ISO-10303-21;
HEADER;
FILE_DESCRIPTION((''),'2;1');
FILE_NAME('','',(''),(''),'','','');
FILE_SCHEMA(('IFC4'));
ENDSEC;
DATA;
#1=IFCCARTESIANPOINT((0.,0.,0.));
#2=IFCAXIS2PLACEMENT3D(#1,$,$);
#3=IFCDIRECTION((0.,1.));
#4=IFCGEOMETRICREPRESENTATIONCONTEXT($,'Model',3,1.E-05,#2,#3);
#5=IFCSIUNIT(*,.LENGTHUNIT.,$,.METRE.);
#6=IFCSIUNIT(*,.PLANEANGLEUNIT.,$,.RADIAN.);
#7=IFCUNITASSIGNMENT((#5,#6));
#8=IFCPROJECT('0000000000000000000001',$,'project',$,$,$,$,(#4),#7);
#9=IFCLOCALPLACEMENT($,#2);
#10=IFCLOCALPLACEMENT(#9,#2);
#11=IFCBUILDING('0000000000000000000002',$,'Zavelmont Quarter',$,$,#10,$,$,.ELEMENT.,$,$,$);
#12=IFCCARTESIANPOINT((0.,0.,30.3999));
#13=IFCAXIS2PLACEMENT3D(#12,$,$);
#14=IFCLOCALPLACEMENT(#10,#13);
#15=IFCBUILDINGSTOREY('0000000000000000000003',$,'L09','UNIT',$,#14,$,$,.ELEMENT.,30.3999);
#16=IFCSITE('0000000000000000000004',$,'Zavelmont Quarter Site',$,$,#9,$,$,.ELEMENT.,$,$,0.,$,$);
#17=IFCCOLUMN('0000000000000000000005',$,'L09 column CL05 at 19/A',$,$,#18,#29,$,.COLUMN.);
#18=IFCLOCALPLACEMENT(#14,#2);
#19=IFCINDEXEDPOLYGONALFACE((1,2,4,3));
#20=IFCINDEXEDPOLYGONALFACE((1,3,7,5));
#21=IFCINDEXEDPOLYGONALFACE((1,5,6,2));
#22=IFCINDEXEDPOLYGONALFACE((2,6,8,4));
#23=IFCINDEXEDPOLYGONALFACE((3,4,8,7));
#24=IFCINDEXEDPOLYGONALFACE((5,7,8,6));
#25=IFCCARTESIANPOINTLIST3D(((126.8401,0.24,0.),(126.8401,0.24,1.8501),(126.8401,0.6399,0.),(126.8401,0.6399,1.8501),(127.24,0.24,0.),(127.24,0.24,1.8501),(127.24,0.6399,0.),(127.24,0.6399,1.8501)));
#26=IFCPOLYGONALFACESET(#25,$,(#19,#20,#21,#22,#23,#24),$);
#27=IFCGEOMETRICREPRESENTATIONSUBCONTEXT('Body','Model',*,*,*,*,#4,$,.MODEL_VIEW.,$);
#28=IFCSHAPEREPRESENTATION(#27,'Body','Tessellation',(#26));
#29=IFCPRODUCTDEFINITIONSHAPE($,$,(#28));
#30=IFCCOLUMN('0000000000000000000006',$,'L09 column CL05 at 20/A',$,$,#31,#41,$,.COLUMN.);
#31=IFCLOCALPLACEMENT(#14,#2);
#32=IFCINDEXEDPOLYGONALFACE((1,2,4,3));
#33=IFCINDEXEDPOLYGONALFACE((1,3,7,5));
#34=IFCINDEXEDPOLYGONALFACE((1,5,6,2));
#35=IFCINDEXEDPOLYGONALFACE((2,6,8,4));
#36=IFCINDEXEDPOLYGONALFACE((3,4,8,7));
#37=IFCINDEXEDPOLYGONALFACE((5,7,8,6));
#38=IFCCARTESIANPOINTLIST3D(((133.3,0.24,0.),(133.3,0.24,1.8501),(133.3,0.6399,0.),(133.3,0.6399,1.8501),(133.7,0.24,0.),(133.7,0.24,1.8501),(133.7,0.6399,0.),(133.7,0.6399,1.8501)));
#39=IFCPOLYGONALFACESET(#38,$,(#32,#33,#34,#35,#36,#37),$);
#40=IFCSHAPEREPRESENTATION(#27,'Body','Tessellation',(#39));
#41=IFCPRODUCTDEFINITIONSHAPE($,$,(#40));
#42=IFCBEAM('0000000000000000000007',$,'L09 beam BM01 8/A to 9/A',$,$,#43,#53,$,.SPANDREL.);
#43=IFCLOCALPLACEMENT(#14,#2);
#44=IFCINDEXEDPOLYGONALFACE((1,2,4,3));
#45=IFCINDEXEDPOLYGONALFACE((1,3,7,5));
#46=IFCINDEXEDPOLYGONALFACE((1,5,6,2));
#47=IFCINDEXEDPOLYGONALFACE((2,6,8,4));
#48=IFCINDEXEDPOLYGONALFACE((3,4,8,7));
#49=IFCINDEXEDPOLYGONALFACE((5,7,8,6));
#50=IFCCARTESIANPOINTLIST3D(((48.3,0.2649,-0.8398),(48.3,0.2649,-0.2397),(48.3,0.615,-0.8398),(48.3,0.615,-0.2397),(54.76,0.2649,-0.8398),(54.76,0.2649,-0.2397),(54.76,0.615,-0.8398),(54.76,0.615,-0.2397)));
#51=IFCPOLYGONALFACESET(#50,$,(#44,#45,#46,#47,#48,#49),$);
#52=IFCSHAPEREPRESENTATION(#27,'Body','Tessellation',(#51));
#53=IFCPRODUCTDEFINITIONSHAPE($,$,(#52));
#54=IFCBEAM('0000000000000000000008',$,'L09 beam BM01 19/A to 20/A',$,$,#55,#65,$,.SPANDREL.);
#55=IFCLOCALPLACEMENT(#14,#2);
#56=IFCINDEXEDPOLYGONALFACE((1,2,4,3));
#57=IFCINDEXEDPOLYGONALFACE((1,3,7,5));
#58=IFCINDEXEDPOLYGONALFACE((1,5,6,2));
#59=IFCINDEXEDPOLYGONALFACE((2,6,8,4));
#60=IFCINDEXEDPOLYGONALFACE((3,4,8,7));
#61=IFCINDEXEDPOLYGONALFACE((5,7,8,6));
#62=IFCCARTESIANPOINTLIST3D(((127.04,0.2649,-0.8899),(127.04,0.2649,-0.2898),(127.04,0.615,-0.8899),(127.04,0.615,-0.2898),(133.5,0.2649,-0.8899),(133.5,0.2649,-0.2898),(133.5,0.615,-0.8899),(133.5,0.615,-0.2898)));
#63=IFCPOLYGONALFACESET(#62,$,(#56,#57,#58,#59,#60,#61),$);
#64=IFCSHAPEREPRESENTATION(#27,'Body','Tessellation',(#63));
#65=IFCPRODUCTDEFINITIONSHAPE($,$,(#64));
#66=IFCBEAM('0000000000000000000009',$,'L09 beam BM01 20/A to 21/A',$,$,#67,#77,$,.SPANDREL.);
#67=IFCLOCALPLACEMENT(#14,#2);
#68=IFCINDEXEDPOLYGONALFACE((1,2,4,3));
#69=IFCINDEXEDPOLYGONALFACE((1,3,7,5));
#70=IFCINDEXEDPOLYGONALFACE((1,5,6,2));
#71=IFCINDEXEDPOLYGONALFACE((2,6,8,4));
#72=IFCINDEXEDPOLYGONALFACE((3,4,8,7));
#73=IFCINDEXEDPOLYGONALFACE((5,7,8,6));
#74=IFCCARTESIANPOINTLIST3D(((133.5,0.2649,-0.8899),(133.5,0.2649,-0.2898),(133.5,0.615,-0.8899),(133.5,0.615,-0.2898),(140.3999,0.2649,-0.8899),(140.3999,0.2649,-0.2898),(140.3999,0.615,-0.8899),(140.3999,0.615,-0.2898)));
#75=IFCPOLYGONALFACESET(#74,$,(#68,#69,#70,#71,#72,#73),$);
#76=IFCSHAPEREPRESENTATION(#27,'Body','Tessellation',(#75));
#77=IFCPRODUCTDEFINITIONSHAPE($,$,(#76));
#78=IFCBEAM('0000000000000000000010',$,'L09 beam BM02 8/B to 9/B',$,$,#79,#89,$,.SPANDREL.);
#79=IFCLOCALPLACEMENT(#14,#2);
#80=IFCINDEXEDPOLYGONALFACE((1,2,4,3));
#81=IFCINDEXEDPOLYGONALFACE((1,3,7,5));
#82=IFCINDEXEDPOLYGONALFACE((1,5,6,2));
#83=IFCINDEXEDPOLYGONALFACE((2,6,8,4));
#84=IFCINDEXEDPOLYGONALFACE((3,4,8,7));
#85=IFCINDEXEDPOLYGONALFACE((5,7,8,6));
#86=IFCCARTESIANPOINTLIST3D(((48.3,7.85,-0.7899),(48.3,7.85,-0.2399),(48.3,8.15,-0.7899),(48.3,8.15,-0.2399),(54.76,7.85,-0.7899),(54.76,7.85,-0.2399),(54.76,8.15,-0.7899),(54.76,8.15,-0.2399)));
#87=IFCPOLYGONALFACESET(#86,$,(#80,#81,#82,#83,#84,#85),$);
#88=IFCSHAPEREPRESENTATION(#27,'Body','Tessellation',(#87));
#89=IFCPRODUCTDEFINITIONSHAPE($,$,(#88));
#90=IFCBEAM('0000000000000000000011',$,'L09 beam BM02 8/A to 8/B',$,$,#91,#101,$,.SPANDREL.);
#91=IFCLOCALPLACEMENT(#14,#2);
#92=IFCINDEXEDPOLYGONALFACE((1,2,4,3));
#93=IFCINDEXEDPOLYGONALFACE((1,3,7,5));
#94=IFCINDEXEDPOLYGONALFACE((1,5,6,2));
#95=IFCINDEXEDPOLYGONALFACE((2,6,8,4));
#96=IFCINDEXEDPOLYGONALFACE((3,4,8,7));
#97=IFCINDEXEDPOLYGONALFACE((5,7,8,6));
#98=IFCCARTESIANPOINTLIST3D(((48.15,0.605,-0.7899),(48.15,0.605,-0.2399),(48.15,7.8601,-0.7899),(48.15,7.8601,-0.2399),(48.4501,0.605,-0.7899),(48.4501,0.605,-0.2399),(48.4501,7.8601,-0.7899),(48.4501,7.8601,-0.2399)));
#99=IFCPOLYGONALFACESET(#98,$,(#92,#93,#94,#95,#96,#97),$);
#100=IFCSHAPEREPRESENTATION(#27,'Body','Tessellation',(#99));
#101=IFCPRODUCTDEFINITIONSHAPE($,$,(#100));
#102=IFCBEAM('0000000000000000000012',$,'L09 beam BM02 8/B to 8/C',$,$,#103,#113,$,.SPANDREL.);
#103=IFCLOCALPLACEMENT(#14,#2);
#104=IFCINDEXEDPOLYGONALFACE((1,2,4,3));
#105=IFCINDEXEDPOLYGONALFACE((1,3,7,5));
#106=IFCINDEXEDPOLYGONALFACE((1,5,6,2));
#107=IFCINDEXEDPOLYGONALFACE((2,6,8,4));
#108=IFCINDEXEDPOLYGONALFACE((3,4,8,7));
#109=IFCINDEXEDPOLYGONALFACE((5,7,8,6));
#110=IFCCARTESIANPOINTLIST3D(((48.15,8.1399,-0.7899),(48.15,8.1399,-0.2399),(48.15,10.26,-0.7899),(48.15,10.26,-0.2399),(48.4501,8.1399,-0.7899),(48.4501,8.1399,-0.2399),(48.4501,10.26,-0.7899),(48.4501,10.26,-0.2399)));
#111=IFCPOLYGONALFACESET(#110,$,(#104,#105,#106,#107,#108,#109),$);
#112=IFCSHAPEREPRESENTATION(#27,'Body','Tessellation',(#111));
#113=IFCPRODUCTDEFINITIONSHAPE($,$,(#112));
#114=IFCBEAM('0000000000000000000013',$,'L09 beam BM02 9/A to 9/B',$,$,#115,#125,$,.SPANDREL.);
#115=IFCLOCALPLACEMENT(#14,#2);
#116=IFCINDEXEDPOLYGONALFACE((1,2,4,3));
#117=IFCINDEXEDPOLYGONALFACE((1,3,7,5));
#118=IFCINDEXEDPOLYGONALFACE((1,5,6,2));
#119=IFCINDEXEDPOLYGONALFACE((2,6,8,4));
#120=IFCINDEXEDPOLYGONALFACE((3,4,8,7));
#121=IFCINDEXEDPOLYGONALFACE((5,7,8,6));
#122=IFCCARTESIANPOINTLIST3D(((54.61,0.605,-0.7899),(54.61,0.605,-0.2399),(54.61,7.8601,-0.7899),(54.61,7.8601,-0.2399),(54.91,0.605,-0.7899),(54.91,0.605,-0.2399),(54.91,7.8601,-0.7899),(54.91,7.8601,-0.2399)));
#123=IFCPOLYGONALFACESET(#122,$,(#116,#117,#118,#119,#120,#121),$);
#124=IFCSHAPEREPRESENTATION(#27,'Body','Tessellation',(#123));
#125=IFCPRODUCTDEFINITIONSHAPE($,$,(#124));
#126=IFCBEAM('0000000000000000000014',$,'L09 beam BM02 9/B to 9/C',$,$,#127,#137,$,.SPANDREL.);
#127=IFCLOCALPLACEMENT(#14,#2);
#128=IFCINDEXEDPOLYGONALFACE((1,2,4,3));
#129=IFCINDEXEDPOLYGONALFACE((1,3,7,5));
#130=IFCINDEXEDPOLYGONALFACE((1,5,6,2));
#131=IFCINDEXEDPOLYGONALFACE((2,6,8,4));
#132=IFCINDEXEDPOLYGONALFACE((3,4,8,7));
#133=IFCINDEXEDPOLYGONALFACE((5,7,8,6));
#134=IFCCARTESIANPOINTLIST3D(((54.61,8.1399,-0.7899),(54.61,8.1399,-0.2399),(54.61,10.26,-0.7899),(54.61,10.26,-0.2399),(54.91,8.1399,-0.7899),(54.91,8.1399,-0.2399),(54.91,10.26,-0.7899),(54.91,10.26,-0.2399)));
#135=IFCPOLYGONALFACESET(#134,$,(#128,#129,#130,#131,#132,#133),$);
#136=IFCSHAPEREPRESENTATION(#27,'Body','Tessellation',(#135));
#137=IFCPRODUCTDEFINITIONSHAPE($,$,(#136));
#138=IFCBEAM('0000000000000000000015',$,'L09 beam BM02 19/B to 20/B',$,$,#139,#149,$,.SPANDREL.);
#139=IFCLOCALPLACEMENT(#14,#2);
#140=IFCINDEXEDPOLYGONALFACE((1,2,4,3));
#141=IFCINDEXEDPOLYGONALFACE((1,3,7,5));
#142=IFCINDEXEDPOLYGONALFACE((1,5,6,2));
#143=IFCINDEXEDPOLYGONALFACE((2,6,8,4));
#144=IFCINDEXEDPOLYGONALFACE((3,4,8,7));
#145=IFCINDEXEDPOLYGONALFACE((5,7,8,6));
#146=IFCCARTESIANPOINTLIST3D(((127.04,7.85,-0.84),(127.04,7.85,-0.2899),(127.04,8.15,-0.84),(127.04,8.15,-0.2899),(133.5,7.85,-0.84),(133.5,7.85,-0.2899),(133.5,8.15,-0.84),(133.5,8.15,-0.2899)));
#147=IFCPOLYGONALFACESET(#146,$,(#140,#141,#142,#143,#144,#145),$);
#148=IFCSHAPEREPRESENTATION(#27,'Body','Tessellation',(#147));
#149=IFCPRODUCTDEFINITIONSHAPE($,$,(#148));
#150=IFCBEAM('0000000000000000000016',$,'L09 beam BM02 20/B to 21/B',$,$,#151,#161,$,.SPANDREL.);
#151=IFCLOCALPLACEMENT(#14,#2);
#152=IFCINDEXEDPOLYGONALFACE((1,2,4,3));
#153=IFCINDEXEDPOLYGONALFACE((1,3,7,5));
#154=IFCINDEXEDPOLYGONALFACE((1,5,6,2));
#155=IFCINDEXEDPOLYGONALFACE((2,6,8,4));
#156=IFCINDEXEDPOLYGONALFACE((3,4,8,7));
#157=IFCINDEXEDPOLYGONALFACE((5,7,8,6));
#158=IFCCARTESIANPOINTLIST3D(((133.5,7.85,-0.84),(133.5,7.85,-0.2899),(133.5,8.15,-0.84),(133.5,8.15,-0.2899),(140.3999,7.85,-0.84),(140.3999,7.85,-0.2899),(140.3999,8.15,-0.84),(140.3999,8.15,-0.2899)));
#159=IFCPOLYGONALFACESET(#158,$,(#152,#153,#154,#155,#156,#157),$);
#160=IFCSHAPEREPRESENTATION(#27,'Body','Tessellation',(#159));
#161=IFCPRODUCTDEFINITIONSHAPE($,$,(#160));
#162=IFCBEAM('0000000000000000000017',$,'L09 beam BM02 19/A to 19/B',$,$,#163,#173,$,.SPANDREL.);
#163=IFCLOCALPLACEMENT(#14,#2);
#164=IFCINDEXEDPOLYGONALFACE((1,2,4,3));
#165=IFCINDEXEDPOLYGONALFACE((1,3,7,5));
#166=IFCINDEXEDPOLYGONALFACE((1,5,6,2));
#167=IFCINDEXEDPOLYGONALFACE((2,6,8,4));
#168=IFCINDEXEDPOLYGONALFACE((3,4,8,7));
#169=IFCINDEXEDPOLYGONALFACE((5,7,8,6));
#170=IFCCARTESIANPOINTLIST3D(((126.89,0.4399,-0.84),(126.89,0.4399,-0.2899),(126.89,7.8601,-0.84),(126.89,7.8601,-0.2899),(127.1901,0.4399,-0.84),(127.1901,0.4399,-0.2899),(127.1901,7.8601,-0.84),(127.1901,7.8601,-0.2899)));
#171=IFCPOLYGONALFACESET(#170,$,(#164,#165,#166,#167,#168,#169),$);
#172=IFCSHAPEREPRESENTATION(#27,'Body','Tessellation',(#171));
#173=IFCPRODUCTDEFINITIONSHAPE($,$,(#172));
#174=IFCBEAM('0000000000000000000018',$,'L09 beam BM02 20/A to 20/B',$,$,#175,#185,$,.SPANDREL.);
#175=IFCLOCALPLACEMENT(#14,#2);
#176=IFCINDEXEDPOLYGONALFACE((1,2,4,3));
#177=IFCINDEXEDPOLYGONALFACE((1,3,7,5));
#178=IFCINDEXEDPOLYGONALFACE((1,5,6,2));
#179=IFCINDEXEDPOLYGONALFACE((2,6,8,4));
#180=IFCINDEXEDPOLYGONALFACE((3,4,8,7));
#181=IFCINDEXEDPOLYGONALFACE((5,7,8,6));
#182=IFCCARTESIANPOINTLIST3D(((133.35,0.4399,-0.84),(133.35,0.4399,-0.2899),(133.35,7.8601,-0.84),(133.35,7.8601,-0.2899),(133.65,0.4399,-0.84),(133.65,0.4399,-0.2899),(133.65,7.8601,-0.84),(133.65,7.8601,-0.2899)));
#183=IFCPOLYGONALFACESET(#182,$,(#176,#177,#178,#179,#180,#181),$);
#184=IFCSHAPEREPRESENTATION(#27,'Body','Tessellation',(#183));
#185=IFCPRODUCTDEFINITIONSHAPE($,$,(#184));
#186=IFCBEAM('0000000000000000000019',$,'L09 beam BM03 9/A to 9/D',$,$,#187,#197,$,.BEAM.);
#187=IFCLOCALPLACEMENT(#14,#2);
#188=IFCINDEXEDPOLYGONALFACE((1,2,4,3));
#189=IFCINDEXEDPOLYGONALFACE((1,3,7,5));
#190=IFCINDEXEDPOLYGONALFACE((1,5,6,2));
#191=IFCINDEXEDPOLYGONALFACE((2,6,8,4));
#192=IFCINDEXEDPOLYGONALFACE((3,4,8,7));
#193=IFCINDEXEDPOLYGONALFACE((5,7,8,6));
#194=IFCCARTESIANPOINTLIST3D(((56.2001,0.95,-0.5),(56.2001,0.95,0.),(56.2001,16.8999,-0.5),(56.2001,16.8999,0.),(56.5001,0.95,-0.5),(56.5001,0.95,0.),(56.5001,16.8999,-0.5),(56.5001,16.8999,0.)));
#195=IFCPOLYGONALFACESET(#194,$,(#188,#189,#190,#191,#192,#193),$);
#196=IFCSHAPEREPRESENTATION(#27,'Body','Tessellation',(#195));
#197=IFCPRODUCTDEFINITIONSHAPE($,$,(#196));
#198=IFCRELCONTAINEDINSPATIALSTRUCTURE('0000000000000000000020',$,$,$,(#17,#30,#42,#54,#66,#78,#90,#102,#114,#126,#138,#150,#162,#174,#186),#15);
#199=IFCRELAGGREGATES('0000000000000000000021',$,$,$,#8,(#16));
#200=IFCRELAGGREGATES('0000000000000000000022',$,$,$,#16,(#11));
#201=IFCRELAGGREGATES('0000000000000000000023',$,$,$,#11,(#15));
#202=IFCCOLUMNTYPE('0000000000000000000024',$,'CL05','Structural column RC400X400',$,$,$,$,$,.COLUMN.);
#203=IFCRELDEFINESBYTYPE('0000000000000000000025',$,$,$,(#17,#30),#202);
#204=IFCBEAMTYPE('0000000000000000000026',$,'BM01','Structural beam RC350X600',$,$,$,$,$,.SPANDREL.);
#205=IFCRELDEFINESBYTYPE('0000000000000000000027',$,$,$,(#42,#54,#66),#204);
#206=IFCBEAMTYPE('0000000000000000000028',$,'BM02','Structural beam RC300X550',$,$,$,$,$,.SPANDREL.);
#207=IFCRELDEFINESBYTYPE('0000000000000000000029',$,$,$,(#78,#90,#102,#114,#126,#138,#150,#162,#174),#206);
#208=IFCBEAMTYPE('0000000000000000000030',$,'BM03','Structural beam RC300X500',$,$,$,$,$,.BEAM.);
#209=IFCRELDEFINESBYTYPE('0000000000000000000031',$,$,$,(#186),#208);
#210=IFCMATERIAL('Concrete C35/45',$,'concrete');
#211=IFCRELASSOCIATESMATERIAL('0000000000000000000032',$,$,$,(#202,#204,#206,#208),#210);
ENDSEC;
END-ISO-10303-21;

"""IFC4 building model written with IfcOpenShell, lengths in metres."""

from ifc_helpers import new_model, si_unit, direction, frame, origin, origin_2d, place, context, subcontext, project, spatial, rectangle, extrude, material, material_profile, profile_set, type_object, element, save


model = new_model("IFC4")

# Units and contexts
model_context = context("Model", 3, precision=1e-05, world=origin(), true_north=direction((0.0, 1.0)))
body_context = subcontext(model_context, "Body", "Model", "MODEL_VIEW")
ifc_project = project(units=[si_unit("LENGTHUNIT", "METRE"), si_unit("PLANEANGLEUNIT", "RADIAN")], contexts=[model_context])

# Site, building, storey
site_placement = place(None, origin())
site = spatial("IfcSite", under=ifc_project, at=site_placement, Name="Zavelmont Quarter Site", CompositionType="ELEMENT", RefElevation=0.0)
building_placement = place(site_placement, origin())
building = spatial("IfcBuilding", under=site, at=building_placement, Name="Zavelmont Quarter", CompositionType="ELEMENT")
storey_placement = place(building_placement, frame((0.0, 0.0, 30.3999)))
storey = spatial("IfcBuildingStorey", under=building, at=storey_placement, Name="L09", Description="UNIT", CompositionType="ELEMENT", Elevation=30.3999)

# Columns
ifc_material_1 = material(Name="Concrete C35/45", Category="concrete")
ifc_material_profile_1 = material_profile(ifc_material_1, rectangle(XDim=0.3999, YDim=0.3999, at=origin_2d()), Name="RC400X400")
ifc_profile_set_1 = profile_set([ifc_material_profile_1], Name="Concrete C35/45")
column_type = type_object("IfcColumnType", Name="CL05", Description="Structural column RC400X400", PredefinedType="COLUMN", material=ifc_profile_set_1)
for number, where, z_axis, x_axis, name in (
    (1, (127.04, 0.4399, 0.0), (0.0, 0.0, 1.0), (1.0, 0.0, 0.0), "L09 column CL05 at 19/A"),
    (2, (133.5, 0.4399, 0.0), (0.0, 0.0, 1.0), (1.0, 0.0, 0.0), "L09 column CL05 at 20/A"),
):
    element("IfcColumn", number, at=place(storey_placement, frame(where, z_axis=z_axis, x_axis=x_axis)), inside=storey, type_object=column_type, Name=name, PredefinedType="COLUMN", context=body_context, shape_type="SweptSolid", body=[
        extrude(rectangle(XDim=0.3999, YDim=0.3999, at=origin_2d()), origin(), (0.0, 0.0, 1.0), 1.8501),
    ])

# Beams
ifc_material_profile_2 = material_profile(ifc_material_1, rectangle(XDim=0.3501, YDim=0.6001, at=origin_2d()), Name="RC350X600")
ifc_profile_set_2 = profile_set([ifc_material_profile_2], Name="Concrete C35/45")
beam_type_1 = type_object("IfcBeamType", Name="BM01", Description="Structural beam RC350X600", PredefinedType="SPANDREL", material=ifc_profile_set_2)
for number, where, z_axis, x_axis, name in (
    (3, (48.3, 0.4399, -0.5398), (1.0, 0.0, 0.0), (0.0, 1.0, 0.0), "L09 beam BM01 8/A to 9/A"),
    (4, (127.04, 0.4399, -0.5898), (1.0, 0.0, 0.0), (0.0, 1.0, 0.0), "L09 beam BM01 19/A to 20/A"),
):
    element("IfcBeam", number, at=place(storey_placement, frame(where, z_axis=z_axis, x_axis=x_axis)), inside=storey, type_object=beam_type_1, Name=name, PredefinedType="SPANDREL", context=body_context, shape_type="SweptSolid", body=[
        extrude(rectangle(XDim=0.3501, YDim=0.6001, at=origin_2d()), origin(), (0.0, 0.0, 1.0), 6.46),
    ])
beam_1_placement = place(storey_placement, frame((133.5, 0.4399, -0.5898), z_axis=(1.0, 0.0, 0.0), x_axis=(0.0, 1.0, 0.0)))
element("IfcBeam", 5, at=beam_1_placement, inside=storey, type_object=beam_type_1, Name="L09 beam BM01 20/A to 21/A", PredefinedType="SPANDREL", context=body_context, shape_type="SweptSolid", body=[
    extrude(rectangle(XDim=0.3501, YDim=0.6001, at=origin_2d()), origin(), (0.0, 0.0, 1.0), 6.8999),
])
ifc_material_profile_3 = material_profile(ifc_material_1, rectangle(XDim=0.3, YDim=0.55, at=origin_2d()), Name="RC300X550")
ifc_profile_set_3 = profile_set([ifc_material_profile_3], Name="Concrete C35/45")
beam_type_2 = type_object("IfcBeamType", Name="BM02", Description="Structural beam RC300X550", PredefinedType="SPANDREL", material=ifc_profile_set_3)
beam_2_placement = place(storey_placement, frame((48.3, 8.0, -0.5149), z_axis=(1.0, 0.0, 0.0), x_axis=(0.0, 1.0, 0.0)))
element("IfcBeam", 6, at=beam_2_placement, inside=storey, type_object=beam_type_2, Name="L09 beam BM02 8/B to 9/B", PredefinedType="SPANDREL", context=body_context, shape_type="SweptSolid", body=[
    extrude(rectangle(XDim=0.3, YDim=0.55, at=origin_2d()), origin(), (0.0, 0.0, 1.0), 6.46),
])
beam_3_placement = place(storey_placement, frame((48.3, 0.605, -0.5149), z_axis=(0.0, 1.0, 0.0), x_axis=(-1.0, 0.0, 0.0)))
element("IfcBeam", 7, at=beam_3_placement, inside=storey, type_object=beam_type_2, Name="L09 beam BM02 8/A to 8/B", PredefinedType="SPANDREL", context=body_context, shape_type="SweptSolid", body=[
    extrude(rectangle(XDim=0.3, YDim=0.55, at=origin_2d()), origin(), (0.0, 0.0, 1.0), 7.2551),
])
beam_4_placement = place(storey_placement, frame((48.3, 8.1399, -0.5149), z_axis=(0.0, 1.0, 0.0), x_axis=(-1.0, 0.0, 0.0)))
element("IfcBeam", 8, at=beam_4_placement, inside=storey, type_object=beam_type_2, Name="L09 beam BM02 8/B to 8/C", PredefinedType="SPANDREL", context=body_context, shape_type="SweptSolid", body=[
    extrude(rectangle(XDim=0.3, YDim=0.55, at=origin_2d()), origin(), (0.0, 0.0, 1.0), 2.1201),
])
beam_5_placement = place(storey_placement, frame((54.76, 0.605, -0.5149), z_axis=(0.0, 1.0, 0.0), x_axis=(-1.0, 0.0, 0.0)))
element("IfcBeam", 9, at=beam_5_placement, inside=storey, type_object=beam_type_2, Name="L09 beam BM02 9/A to 9/B", PredefinedType="SPANDREL", context=body_context, shape_type="SweptSolid", body=[
    extrude(rectangle(XDim=0.3, YDim=0.55, at=origin_2d()), origin(), (0.0, 0.0, 1.0), 7.2551),
])
beam_6_placement = place(storey_placement, frame((54.76, 8.1399, -0.5149), z_axis=(0.0, 1.0, 0.0), x_axis=(-1.0, 0.0, 0.0)))
element("IfcBeam", 10, at=beam_6_placement, inside=storey, type_object=beam_type_2, Name="L09 beam BM02 9/B to 9/C", PredefinedType="SPANDREL", context=body_context, shape_type="SweptSolid", body=[
    extrude(rectangle(XDim=0.3, YDim=0.55, at=origin_2d()), origin(), (0.0, 0.0, 1.0), 2.1201),
])
beam_7_placement = place(storey_placement, frame((127.04, 8.0, -0.5649), z_axis=(1.0, 0.0, 0.0), x_axis=(0.0, 1.0, 0.0)))
element("IfcBeam", 11, at=beam_7_placement, inside=storey, type_object=beam_type_2, Name="L09 beam BM02 19/B to 20/B", PredefinedType="SPANDREL", context=body_context, shape_type="SweptSolid", body=[
    extrude(rectangle(XDim=0.3, YDim=0.55, at=origin_2d()), origin(), (0.0, 0.0, 1.0), 6.46),
])
beam_8_placement = place(storey_placement, frame((133.5, 8.0, -0.5649), z_axis=(1.0, 0.0, 0.0), x_axis=(0.0, 1.0, 0.0)))
element("IfcBeam", 12, at=beam_8_placement, inside=storey, type_object=beam_type_2, Name="L09 beam BM02 20/B to 21/B", PredefinedType="SPANDREL", context=body_context, shape_type="SweptSolid", body=[
    extrude(rectangle(XDim=0.3, YDim=0.55, at=origin_2d()), origin(), (0.0, 0.0, 1.0), 6.8999),
])
for number, where, z_axis, x_axis, name in (
    (13, (127.04, 0.4399, -0.5649), (0.0, 1.0, 0.0), (-1.0, 0.0, 0.0), "L09 beam BM02 19/A to 19/B"),
    (14, (133.5, 0.4399, -0.5649), (0.0, 1.0, 0.0), (-1.0, 0.0, 0.0), "L09 beam BM02 20/A to 20/B"),
):
    element("IfcBeam", number, at=place(storey_placement, frame(where, z_axis=z_axis, x_axis=x_axis)), inside=storey, type_object=beam_type_2, Name=name, PredefinedType="SPANDREL", context=body_context, shape_type="SweptSolid", body=[
        extrude(rectangle(XDim=0.3, YDim=0.55, at=origin_2d()), origin(), (0.0, 0.0, 1.0), 7.4202),
    ])
ifc_material_profile_4 = material_profile(ifc_material_1, rectangle(XDim=0.3, YDim=0.5, at=origin_2d()), Name="RC300X500")
ifc_profile_set_4 = profile_set([ifc_material_profile_4], Name="Concrete C35/45")
beam_type_3 = type_object("IfcBeamType", Name="BM03", Description="Structural beam RC300X500", PredefinedType="BEAM", material=ifc_profile_set_4)
beam_9_placement = place(storey_placement, frame((56.3501, 0.95, -0.25), z_axis=(0.0, 1.0, 0.0), x_axis=(-1.0, 0.0, 0.0)))
element("IfcBeam", 15, at=beam_9_placement, inside=storey, type_object=beam_type_3, Name="L09 beam BM03 9/A to 9/D", PredefinedType="BEAM", context=body_context, shape_type="SweptSolid", body=[
    extrude(rectangle(XDim=0.3, YDim=0.5, at=origin_2d()), origin(), (0.0, 0.0, 1.0), 15.95),
])

save(model, "model.ifc")
